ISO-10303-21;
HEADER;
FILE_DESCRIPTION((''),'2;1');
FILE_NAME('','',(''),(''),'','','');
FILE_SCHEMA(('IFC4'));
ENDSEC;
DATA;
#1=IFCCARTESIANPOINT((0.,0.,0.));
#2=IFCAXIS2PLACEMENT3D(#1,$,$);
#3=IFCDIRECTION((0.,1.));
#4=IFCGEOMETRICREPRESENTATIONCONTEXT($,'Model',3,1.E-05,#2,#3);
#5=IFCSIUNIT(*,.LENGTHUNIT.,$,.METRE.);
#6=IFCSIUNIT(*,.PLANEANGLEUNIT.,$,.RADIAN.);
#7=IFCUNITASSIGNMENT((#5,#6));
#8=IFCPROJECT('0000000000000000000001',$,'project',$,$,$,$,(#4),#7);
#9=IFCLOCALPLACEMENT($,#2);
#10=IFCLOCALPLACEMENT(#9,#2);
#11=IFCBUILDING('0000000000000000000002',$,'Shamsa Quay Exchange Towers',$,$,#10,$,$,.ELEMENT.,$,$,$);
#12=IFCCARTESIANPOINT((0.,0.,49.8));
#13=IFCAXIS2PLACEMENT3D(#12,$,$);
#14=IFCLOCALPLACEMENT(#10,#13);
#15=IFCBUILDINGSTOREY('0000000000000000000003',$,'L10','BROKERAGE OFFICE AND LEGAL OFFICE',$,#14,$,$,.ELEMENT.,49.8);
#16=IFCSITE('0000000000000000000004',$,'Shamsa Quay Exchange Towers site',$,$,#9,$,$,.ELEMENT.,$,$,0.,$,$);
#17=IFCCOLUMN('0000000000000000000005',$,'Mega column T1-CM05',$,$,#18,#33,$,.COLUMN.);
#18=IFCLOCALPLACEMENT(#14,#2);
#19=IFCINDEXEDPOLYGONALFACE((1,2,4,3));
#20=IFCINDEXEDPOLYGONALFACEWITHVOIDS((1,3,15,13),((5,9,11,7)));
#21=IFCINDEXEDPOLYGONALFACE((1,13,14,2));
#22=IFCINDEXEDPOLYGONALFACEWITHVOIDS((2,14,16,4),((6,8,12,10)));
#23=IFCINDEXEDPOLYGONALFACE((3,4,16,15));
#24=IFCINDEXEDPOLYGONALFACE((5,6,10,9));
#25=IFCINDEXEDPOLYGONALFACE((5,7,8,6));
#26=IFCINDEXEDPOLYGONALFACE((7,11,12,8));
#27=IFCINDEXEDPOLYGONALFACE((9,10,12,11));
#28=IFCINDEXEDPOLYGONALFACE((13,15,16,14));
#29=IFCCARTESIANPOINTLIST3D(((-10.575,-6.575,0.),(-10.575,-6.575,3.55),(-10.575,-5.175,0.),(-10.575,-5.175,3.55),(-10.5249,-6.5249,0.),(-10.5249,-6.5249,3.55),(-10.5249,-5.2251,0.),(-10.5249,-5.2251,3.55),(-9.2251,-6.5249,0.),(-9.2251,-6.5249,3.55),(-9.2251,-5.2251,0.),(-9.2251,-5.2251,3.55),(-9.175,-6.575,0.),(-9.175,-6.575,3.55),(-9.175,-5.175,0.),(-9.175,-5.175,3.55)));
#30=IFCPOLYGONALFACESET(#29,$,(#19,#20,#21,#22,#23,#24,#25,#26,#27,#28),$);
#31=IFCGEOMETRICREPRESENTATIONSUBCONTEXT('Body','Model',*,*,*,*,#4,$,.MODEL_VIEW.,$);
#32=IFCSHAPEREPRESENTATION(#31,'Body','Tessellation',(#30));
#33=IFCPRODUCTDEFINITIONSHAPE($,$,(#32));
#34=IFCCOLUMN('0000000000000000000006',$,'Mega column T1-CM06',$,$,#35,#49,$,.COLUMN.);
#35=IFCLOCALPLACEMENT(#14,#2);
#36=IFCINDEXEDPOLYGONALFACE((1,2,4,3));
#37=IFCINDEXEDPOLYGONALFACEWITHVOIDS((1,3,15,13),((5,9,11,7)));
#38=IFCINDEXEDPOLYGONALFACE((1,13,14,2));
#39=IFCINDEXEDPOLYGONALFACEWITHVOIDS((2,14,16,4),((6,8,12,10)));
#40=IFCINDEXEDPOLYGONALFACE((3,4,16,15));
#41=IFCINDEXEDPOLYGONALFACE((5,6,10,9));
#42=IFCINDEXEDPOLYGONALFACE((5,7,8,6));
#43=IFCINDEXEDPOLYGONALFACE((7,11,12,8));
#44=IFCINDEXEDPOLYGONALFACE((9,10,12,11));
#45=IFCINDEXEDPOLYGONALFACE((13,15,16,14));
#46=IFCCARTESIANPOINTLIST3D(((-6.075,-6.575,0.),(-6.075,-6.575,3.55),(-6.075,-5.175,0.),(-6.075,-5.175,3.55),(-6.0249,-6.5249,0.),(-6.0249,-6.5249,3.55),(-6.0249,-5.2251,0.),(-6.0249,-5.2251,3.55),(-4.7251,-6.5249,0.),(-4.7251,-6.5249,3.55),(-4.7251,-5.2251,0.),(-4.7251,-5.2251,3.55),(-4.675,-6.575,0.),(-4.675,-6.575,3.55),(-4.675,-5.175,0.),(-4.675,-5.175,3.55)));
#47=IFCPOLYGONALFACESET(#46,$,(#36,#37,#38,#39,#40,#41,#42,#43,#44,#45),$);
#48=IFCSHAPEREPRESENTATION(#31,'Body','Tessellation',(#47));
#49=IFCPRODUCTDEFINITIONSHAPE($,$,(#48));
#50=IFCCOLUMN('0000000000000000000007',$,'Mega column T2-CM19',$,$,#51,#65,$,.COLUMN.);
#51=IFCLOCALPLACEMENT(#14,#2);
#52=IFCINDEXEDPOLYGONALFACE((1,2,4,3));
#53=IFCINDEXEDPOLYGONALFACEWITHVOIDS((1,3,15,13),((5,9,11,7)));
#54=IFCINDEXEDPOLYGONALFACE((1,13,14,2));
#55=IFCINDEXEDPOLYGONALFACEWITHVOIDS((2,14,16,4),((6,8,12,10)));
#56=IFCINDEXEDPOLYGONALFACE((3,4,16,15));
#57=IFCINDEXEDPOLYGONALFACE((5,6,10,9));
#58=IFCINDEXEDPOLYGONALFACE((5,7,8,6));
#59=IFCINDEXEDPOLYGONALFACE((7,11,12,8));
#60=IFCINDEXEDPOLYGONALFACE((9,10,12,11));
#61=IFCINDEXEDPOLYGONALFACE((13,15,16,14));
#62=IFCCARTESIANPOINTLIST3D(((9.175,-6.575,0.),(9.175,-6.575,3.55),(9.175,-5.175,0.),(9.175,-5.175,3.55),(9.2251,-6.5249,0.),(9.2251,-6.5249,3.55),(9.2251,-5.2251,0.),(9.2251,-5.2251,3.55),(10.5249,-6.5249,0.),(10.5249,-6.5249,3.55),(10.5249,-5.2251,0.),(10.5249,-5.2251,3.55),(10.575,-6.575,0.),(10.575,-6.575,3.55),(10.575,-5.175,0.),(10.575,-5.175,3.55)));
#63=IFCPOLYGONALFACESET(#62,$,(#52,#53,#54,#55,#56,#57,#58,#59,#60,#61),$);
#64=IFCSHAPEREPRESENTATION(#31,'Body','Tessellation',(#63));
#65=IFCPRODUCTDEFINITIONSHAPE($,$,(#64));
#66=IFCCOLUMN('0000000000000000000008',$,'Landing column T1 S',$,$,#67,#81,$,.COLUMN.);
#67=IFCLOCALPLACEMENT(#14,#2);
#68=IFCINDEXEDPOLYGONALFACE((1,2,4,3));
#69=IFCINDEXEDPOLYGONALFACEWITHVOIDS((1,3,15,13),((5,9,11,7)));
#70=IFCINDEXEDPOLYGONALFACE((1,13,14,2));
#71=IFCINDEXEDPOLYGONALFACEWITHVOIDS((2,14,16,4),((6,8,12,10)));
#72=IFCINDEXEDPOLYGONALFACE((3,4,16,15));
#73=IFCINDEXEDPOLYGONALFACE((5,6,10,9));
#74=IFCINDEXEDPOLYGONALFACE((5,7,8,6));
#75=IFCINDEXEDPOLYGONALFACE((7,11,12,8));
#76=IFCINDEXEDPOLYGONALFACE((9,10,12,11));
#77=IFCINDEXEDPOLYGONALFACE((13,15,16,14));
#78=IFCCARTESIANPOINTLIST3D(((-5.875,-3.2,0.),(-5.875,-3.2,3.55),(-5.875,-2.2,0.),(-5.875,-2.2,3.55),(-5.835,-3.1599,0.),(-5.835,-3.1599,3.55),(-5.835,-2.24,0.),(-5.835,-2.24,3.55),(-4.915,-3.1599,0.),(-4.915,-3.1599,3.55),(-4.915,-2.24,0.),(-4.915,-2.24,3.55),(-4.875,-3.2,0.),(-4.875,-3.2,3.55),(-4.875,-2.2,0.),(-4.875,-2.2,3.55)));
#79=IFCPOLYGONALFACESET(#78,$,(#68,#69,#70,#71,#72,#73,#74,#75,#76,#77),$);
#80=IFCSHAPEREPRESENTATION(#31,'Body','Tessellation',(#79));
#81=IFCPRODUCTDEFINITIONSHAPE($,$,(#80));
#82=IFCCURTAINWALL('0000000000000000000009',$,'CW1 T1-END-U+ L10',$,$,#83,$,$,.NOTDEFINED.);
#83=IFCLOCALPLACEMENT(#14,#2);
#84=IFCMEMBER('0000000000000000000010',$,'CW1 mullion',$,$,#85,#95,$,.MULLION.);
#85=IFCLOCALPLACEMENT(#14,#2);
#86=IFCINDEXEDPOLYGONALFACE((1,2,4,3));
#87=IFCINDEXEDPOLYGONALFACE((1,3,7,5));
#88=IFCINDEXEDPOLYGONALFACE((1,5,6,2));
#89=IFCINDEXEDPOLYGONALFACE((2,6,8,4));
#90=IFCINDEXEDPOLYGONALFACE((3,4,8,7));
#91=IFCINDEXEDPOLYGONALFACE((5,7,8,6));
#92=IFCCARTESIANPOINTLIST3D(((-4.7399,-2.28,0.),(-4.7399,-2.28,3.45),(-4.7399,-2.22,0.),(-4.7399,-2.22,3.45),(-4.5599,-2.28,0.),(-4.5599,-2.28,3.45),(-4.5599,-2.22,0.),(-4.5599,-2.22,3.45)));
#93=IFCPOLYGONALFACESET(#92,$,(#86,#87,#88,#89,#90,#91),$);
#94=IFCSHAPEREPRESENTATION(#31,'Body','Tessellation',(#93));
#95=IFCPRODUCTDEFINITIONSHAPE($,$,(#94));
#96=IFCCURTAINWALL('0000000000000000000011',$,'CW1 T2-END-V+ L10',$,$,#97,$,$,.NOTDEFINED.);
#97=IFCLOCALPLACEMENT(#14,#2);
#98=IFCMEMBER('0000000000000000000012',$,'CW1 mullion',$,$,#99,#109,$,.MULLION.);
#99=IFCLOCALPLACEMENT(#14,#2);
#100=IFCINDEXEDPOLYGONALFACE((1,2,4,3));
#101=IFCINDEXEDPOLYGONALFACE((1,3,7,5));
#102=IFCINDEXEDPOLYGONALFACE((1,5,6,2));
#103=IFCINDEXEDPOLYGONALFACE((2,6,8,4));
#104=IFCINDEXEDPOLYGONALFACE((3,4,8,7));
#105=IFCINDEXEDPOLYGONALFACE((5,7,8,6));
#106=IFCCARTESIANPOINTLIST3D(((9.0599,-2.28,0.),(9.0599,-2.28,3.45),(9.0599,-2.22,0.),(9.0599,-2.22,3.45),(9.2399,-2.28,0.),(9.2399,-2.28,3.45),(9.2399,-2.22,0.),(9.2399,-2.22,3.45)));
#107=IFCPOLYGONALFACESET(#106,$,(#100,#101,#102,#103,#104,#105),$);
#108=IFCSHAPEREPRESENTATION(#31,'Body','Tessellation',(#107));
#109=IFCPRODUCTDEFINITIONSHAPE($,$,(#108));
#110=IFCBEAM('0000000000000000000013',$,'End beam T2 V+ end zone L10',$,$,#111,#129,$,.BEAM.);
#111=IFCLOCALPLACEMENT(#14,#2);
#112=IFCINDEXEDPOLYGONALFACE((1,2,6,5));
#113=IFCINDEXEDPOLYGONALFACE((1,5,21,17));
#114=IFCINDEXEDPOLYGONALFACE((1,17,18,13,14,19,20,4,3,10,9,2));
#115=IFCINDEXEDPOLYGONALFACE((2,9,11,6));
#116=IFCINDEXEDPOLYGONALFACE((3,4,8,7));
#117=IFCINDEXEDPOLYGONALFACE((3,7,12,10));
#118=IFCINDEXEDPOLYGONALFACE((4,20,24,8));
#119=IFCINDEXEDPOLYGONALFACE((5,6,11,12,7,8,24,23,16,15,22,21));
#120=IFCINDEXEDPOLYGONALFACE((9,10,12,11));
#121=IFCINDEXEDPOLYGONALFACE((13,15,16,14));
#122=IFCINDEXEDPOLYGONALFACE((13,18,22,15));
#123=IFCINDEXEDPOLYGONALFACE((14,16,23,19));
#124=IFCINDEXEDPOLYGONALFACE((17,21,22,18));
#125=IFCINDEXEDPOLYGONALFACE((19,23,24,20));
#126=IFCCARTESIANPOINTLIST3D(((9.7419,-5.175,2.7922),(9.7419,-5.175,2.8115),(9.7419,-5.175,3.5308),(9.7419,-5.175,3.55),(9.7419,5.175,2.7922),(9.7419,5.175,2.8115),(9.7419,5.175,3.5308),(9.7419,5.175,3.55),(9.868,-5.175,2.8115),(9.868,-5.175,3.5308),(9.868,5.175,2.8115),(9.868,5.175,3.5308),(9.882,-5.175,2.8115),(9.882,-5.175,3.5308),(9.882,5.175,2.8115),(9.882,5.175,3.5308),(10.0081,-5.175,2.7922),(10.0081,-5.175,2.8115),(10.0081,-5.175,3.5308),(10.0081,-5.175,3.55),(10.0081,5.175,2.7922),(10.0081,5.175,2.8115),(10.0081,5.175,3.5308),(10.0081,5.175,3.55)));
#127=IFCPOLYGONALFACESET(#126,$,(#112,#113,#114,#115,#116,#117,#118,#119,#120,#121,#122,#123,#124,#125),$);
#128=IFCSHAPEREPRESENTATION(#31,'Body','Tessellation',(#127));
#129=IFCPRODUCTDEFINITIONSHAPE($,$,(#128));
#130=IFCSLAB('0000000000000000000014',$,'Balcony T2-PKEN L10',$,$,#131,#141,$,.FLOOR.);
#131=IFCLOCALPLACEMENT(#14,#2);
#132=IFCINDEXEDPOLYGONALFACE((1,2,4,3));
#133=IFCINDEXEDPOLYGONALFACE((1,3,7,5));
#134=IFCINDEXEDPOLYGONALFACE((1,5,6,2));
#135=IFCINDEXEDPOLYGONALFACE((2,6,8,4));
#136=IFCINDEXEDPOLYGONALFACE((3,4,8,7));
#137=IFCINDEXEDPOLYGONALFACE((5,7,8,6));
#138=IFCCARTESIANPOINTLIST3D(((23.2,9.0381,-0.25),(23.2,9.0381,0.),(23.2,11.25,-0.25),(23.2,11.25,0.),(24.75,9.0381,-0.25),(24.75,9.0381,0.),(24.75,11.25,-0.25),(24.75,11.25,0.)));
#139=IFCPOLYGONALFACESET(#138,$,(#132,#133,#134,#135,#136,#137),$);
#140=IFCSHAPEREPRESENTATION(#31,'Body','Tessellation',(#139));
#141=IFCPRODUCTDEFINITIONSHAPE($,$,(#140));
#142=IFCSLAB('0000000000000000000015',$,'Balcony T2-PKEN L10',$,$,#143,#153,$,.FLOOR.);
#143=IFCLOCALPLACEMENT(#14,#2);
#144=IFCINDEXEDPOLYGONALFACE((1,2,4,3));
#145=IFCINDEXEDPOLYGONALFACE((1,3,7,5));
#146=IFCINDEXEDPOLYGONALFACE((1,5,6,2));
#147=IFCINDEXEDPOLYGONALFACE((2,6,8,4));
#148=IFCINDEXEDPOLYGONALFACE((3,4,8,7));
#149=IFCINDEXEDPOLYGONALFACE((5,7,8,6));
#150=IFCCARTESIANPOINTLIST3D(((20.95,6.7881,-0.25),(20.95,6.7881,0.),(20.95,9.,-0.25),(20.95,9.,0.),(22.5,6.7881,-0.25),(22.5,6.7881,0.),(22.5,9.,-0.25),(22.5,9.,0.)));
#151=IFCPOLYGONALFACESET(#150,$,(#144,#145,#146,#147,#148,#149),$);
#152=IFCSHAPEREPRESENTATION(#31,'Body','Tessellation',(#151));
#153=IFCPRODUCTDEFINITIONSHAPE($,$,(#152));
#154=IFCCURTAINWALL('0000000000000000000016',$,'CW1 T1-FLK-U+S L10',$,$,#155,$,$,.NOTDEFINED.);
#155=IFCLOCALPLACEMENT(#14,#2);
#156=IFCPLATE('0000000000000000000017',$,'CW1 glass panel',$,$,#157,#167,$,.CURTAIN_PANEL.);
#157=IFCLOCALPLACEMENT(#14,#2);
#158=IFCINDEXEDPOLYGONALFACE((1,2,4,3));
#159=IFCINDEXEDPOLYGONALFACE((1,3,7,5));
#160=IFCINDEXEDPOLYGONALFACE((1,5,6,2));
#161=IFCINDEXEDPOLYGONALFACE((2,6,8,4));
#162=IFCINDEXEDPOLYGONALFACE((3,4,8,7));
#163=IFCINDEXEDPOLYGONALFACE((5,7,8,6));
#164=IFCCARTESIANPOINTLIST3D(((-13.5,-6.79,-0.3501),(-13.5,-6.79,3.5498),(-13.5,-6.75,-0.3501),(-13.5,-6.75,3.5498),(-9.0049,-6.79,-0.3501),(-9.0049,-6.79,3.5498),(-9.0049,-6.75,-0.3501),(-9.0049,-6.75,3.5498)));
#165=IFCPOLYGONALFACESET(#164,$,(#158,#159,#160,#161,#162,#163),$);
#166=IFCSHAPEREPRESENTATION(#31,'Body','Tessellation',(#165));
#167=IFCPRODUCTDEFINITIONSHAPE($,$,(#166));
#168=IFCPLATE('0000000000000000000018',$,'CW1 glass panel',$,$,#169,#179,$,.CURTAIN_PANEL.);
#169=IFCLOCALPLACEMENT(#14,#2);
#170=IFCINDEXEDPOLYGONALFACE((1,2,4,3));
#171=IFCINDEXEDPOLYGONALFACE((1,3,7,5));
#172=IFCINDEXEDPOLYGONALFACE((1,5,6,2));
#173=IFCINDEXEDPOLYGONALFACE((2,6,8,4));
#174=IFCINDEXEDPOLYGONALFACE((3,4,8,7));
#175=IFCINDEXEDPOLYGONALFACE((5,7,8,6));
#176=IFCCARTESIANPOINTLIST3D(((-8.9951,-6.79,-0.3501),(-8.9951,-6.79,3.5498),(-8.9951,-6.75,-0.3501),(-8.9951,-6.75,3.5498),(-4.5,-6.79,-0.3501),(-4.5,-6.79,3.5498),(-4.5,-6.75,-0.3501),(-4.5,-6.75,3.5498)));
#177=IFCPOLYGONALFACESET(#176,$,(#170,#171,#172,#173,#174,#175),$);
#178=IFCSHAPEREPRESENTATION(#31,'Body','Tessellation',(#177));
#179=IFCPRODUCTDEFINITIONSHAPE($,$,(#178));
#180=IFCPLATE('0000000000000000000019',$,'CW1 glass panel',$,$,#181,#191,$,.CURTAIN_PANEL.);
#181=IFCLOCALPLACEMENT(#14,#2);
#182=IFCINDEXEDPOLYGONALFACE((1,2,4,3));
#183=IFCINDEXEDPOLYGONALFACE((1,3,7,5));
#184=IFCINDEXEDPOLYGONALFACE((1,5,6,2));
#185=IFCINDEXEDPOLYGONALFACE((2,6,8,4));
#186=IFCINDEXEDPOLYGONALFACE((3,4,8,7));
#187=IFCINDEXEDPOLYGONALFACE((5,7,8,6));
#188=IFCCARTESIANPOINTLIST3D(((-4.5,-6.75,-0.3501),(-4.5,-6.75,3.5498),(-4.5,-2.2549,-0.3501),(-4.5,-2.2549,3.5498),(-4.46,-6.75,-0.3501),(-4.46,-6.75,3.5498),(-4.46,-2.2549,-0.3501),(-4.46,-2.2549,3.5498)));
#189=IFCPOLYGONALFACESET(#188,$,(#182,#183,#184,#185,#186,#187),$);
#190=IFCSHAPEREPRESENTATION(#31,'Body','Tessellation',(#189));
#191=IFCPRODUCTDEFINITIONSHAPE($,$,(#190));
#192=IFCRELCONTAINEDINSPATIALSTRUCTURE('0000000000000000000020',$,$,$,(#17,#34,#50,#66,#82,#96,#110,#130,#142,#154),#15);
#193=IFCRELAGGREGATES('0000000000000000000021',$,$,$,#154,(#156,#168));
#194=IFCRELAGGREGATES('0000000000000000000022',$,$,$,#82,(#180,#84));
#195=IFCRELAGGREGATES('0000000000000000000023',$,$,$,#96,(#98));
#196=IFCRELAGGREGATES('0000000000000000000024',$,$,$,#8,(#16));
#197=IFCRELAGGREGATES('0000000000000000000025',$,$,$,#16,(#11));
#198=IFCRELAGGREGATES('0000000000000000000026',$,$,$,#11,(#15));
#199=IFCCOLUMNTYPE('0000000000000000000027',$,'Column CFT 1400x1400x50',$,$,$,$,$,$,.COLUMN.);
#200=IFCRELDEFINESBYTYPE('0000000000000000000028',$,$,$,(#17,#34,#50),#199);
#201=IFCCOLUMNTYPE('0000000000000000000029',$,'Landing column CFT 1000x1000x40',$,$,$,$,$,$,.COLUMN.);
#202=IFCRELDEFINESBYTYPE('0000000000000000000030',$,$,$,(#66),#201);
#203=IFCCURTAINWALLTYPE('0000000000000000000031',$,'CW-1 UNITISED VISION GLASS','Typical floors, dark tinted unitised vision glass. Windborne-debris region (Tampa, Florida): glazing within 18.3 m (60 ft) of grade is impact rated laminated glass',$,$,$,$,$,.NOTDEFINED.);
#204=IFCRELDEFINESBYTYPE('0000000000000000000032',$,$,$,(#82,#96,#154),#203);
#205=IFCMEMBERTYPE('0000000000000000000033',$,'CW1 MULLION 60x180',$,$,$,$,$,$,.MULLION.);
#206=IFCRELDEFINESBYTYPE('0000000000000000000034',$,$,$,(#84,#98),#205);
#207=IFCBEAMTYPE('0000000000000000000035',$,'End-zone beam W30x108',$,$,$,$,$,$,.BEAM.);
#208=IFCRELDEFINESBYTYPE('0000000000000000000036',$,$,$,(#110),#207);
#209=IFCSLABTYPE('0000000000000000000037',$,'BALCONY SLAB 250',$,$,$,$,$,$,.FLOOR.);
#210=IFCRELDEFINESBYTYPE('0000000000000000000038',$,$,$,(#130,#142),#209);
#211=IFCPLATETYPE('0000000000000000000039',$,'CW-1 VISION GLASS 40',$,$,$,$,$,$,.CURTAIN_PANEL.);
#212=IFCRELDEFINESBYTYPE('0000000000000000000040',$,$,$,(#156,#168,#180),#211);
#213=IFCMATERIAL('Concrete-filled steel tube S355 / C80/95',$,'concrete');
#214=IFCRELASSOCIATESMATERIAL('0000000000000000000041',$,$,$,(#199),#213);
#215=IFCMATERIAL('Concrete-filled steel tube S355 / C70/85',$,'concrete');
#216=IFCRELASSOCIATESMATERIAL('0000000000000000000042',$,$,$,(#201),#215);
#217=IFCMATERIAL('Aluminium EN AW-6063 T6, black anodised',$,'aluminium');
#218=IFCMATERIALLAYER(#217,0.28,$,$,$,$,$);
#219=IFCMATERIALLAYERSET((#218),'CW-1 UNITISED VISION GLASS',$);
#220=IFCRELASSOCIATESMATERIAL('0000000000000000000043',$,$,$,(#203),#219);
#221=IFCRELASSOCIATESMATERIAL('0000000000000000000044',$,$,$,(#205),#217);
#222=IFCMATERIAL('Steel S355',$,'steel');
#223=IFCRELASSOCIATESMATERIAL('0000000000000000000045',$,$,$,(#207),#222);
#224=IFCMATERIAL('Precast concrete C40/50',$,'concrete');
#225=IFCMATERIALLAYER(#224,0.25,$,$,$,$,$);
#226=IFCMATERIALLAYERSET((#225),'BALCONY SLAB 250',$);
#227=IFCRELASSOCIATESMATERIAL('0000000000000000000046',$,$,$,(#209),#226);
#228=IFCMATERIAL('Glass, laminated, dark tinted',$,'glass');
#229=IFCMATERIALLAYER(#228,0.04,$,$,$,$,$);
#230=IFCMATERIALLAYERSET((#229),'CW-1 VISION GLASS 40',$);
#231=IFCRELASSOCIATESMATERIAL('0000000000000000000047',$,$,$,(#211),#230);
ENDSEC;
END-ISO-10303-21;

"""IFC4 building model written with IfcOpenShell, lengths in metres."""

from ifc_helpers import new_model, si_unit, direction, frame, origin, origin_2d, place, context, subcontext, project, spatial, polyline, rectangle, hollow_rectangle, i_section, outline, extrude, material, layer, layer_set, material_profile, profile_set, type_object, element, aggregate, save


model = new_model("IFC4")

# Units and contexts
model_context = context("Model", 3, precision=1e-05, world=origin(), true_north=direction((0.0, 1.0)))
body_context = subcontext(model_context, "Body", "Model", "MODEL_VIEW")
ifc_project = project(units=[si_unit("LENGTHUNIT", "METRE"), si_unit("PLANEANGLEUNIT", "RADIAN")], contexts=[model_context])

# Site, building, storey
site_placement = place(None, origin())
site = spatial("IfcSite", under=ifc_project, at=site_placement, Name="Shamsa Quay Exchange Towers site", CompositionType="ELEMENT", RefElevation=0.0)
building_placement = place(site_placement, origin())
building = spatial("IfcBuilding", under=site, at=building_placement, Name="Shamsa Quay Exchange Towers", CompositionType="ELEMENT")
storey_placement = place(building_placement, frame((0.0, 0.0, 49.8)))
storey = spatial("IfcBuildingStorey", under=building, at=storey_placement, Name="L10", Description="BROKERAGE OFFICE AND LEGAL OFFICE", CompositionType="ELEMENT", Elevation=49.8)

# Columns
ifc_material_1 = material(Name="Concrete-filled steel tube S355 / C80/95", Category="concrete")
ifc_material_profile_1 = material_profile(ifc_material_1, hollow_rectangle(XDim=1.3999, YDim=1.3999, WallThickness=0.05, at=origin_2d()), Name="CFT 1400x1400x50")
ifc_profile_set_1 = profile_set([ifc_material_profile_1], Name="Concrete-filled steel tube S355 / C80/95")
column_type_1 = type_object("IfcColumnType", Name="Column CFT 1400x1400x50", PredefinedType="COLUMN", material=ifc_profile_set_1)
for number, where, name in (
    (1, (-9.875, -5.875, 0.0), "Mega column T1-CM05"),
    (2, (-5.375, -5.875, 0.0), "Mega column T1-CM06"),
    (3, (9.875, -5.875, 0.0), "Mega column T2-CM19"),
):
    element("IfcColumn", number, at=place(storey_placement, frame(where)), inside=storey, type_object=column_type_1, Name=name, PredefinedType="COLUMN", context=body_context, shape_type="SweptSolid", body=[
        extrude(hollow_rectangle(XDim=1.3999, YDim=1.3999, WallThickness=0.05, at=origin_2d()), origin(), (0.0, 0.0, 1.0), 3.55),
    ])
ifc_material_2 = material(Name="Concrete-filled steel tube S355 / C70/85", Category="concrete")
ifc_material_profile_2 = material_profile(ifc_material_2, hollow_rectangle(XDim=1.0, YDim=1.0, WallThickness=0.04, at=origin_2d()), Name="CFT 1000x1000x40")
ifc_profile_set_2 = profile_set([ifc_material_profile_2], Name="Concrete-filled steel tube S355 / C70/85")
column_type_2 = type_object("IfcColumnType", Name="Landing column CFT 1000x1000x40", PredefinedType="COLUMN", material=ifc_profile_set_2)
column_placement = place(storey_placement, frame((-5.375, -2.7, 0.0)))
element("IfcColumn", 4, at=column_placement, inside=storey, type_object=column_type_2, Name="Landing column T1 S", PredefinedType="COLUMN", context=body_context, shape_type="SweptSolid", body=[
    extrude(hollow_rectangle(XDim=1.0, YDim=1.0, WallThickness=0.04, at=origin_2d()), origin(), (0.0, 0.0, 1.0), 3.55),
])

# Curtain walls, members
ifc_material_3 = material(Name="Aluminium EN AW-6063 T6, black anodised", Category="aluminium")
ifc_layer_1 = layer(ifc_material_3, 0.28)
ifc_layer_set_1 = layer_set([ifc_layer_1], Name="CW-1 UNITISED VISION GLASS")
curtain_wall_type_1 = type_object("IfcCurtainWallType", Name="CW-1 UNITISED VISION GLASS", Description="Typical floors, dark tinted unitised vision glass. Windborne-debris region (Tampa, Florida): glazing within 18.3 m (60 ft) of grade is impact rated laminated glass", PredefinedType="NOTDEFINED", material=ifc_layer_set_1)
curtain_wall_1_placement = place(storey_placement, origin())
curtain_wall_1 = element("IfcCurtainWall", 5, at=curtain_wall_1_placement, inside=storey, type_object=curtain_wall_type_1, Name="CW1 T1-END-U+ L10", PredefinedType="NOTDEFINED")
ifc_material_profile_3 = material_profile(ifc_material_3, rectangle(XDim=0.1799, YDim=0.0601, at=origin_2d()), Name="MU60x180")
ifc_profile_set_3 = profile_set([ifc_material_profile_3], Name="Aluminium EN AW-6063 T6, black anodised")
member_type = type_object("IfcMemberType", Name="CW1 MULLION 60x180", PredefinedType="MULLION", material=ifc_profile_set_3)
member_1_placement = place(storey_placement, frame((-4.6499, -2.25, 0.0), z_axis=(0.0, 0.0, 1.0), x_axis=(-1.0, 0.0, 0.0)))
member_1 = element("IfcMember", 6, at=member_1_placement, type_object=member_type, Name="CW1 mullion", PredefinedType="MULLION", context=body_context, shape_type="SweptSolid", body=[
    extrude(rectangle(XDim=0.1799, YDim=0.0601, at=origin_2d()), origin(), (0.0, 0.0, 1.0), 3.45),
])
curtain_wall_2_placement = place(storey_placement, origin())
curtain_wall_2 = element("IfcCurtainWall", 7, at=curtain_wall_2_placement, inside=storey, type_object=curtain_wall_type_1, Name="CW1 T2-END-V+ L10", PredefinedType="NOTDEFINED")
member_2_placement = place(storey_placement, frame((9.1499, -2.25, 0.0)))
member_2 = element("IfcMember", 8, at=member_2_placement, type_object=member_type, Name="CW1 mullion", PredefinedType="MULLION", context=body_context, shape_type="SweptSolid", body=[
    extrude(rectangle(XDim=0.1799, YDim=0.0601, at=origin_2d()), origin(), (0.0, 0.0, 1.0), 3.45),
])

# Beam
ifc_material_4 = material(Name="Steel S355", Category="steel")
ifc_material_profile_4 = material_profile(ifc_material_4, i_section(OverallWidth=0.2661, OverallDepth=0.7578, WebThickness=0.0139, FlangeThickness=0.0193, at=origin_2d()), Name="W30x108")
ifc_profile_set_4 = profile_set([ifc_material_profile_4], Name="Steel S355")
beam_type = type_object("IfcBeamType", Name="End-zone beam W30x108", PredefinedType="BEAM", material=ifc_profile_set_4)
beam_placement = place(storey_placement, frame((9.875, -5.175, 3.1711), z_axis=(0.0, 1.0, 0.0), x_axis=(-1.0, 0.0, 0.0)))
element("IfcBeam", 9, at=beam_placement, inside=storey, type_object=beam_type, Name="End beam T2 V+ end zone L10", PredefinedType="BEAM", context=body_context, shape_type="SweptSolid", body=[
    extrude(i_section(OverallWidth=0.2661, OverallDepth=0.7578, WebThickness=0.0139, FlangeThickness=0.0193, at=origin_2d()), origin(), (0.0, 0.0, 1.0), 10.3501),
])

# Slabs
ifc_material_5 = material(Name="Precast concrete C40/50", Category="concrete")
ifc_layer_2 = layer(ifc_material_5, 0.25)
ifc_layer_set_2 = layer_set([ifc_layer_2], Name="BALCONY SLAB 250")
slab_type_1 = type_object("IfcSlabType", Name="BALCONY SLAB 250", PredefinedType="FLOOR", material=ifc_layer_set_2)
slab_1_placement = place(storey_placement, frame((0.0, 0.0, -0.25)))
element("IfcSlab", 10, at=slab_1_placement, inside=storey, type_object=slab_type_1, Name="Balcony T2-PKEN L10", PredefinedType="FLOOR", context=body_context, shape_type="SweptSolid", body=[
    extrude(outline(polyline([(24.75, 11.25), (24.75, 9.0381), (23.2, 9.0381), (23.2, 11.25), (24.75, 11.25)])), origin(), (0.0, 0.0, 1.0), 0.25),
])
slab_2_placement = place(storey_placement, frame((0.0, 0.0, -0.25)))
element("IfcSlab", 11, at=slab_2_placement, inside=storey, type_object=slab_type_1, Name="Balcony T2-PKEN L10", PredefinedType="FLOOR", context=body_context, shape_type="SweptSolid", body=[
    extrude(outline(polyline([(22.5, 9.0), (22.5, 6.7881), (20.95, 6.7881), (20.95, 9.0), (22.5, 9.0)])), origin(), (0.0, 0.0, 1.0), 0.25),
])

# Curtain wall, plates
curtain_wall_3_placement = place(storey_placement, origin())
curtain_wall_3 = element("IfcCurtainWall", 12, at=curtain_wall_3_placement, inside=storey, type_object=curtain_wall_type_1, Name="CW1 T1-FLK-U+S L10", PredefinedType="NOTDEFINED")
ifc_material_6 = material(Name="Glass, laminated, dark tinted", Category="glass")
ifc_layer_3 = layer(ifc_material_6, 0.04)
ifc_layer_set_3 = layer_set([ifc_layer_3], Name="CW-1 VISION GLASS 40")
plate_type_1 = type_object("IfcPlateType", Name="CW-1 VISION GLASS 40", PredefinedType="CURTAIN_PANEL", material=ifc_layer_set_3)
plate_1_placement = place(storey_placement, frame((-11.2524, -6.77, -0.3501)))
plate_1 = element("IfcPlate", 13, at=plate_1_placement, type_object=plate_type_1, Name="CW1 glass panel", PredefinedType="CURTAIN_PANEL", context=body_context, shape_type="SweptSolid", body=[
    extrude(rectangle(XDim=4.4951, YDim=0.04, at=origin_2d()), origin(), (0.0, 0.0, 1.0), 3.8999),
])
plate_2_placement = place(storey_placement, frame((-6.7476, -6.77, -0.3501)))
plate_2 = element("IfcPlate", 14, at=plate_2_placement, type_object=plate_type_1, Name="CW1 glass panel", PredefinedType="CURTAIN_PANEL", context=body_context, shape_type="SweptSolid", body=[
    extrude(rectangle(XDim=4.4951, YDim=0.04, at=origin_2d()), origin(), (0.0, 0.0, 1.0), 3.8999),
])
aggregate(curtain_wall_3, [plate_1, plate_2])

# Plate
plate_3_placement = place(storey_placement, frame((-4.48, -4.5024, -0.3501), z_axis=(0.0, 0.0, 1.0), x_axis=(0.0, 1.0, 0.0)))
plate_3 = element("IfcPlate", 15, at=plate_3_placement, type_object=plate_type_1, Name="CW1 glass panel", PredefinedType="CURTAIN_PANEL", context=body_context, shape_type="SweptSolid", body=[
    extrude(rectangle(XDim=4.4951, YDim=0.04, at=origin_2d()), origin(), (0.0, 0.0, 1.0), 3.8999),
])
aggregate(curtain_wall_1, [plate_3, member_1])
aggregate(curtain_wall_2, [member_2])

save(model, "model.ifc")
